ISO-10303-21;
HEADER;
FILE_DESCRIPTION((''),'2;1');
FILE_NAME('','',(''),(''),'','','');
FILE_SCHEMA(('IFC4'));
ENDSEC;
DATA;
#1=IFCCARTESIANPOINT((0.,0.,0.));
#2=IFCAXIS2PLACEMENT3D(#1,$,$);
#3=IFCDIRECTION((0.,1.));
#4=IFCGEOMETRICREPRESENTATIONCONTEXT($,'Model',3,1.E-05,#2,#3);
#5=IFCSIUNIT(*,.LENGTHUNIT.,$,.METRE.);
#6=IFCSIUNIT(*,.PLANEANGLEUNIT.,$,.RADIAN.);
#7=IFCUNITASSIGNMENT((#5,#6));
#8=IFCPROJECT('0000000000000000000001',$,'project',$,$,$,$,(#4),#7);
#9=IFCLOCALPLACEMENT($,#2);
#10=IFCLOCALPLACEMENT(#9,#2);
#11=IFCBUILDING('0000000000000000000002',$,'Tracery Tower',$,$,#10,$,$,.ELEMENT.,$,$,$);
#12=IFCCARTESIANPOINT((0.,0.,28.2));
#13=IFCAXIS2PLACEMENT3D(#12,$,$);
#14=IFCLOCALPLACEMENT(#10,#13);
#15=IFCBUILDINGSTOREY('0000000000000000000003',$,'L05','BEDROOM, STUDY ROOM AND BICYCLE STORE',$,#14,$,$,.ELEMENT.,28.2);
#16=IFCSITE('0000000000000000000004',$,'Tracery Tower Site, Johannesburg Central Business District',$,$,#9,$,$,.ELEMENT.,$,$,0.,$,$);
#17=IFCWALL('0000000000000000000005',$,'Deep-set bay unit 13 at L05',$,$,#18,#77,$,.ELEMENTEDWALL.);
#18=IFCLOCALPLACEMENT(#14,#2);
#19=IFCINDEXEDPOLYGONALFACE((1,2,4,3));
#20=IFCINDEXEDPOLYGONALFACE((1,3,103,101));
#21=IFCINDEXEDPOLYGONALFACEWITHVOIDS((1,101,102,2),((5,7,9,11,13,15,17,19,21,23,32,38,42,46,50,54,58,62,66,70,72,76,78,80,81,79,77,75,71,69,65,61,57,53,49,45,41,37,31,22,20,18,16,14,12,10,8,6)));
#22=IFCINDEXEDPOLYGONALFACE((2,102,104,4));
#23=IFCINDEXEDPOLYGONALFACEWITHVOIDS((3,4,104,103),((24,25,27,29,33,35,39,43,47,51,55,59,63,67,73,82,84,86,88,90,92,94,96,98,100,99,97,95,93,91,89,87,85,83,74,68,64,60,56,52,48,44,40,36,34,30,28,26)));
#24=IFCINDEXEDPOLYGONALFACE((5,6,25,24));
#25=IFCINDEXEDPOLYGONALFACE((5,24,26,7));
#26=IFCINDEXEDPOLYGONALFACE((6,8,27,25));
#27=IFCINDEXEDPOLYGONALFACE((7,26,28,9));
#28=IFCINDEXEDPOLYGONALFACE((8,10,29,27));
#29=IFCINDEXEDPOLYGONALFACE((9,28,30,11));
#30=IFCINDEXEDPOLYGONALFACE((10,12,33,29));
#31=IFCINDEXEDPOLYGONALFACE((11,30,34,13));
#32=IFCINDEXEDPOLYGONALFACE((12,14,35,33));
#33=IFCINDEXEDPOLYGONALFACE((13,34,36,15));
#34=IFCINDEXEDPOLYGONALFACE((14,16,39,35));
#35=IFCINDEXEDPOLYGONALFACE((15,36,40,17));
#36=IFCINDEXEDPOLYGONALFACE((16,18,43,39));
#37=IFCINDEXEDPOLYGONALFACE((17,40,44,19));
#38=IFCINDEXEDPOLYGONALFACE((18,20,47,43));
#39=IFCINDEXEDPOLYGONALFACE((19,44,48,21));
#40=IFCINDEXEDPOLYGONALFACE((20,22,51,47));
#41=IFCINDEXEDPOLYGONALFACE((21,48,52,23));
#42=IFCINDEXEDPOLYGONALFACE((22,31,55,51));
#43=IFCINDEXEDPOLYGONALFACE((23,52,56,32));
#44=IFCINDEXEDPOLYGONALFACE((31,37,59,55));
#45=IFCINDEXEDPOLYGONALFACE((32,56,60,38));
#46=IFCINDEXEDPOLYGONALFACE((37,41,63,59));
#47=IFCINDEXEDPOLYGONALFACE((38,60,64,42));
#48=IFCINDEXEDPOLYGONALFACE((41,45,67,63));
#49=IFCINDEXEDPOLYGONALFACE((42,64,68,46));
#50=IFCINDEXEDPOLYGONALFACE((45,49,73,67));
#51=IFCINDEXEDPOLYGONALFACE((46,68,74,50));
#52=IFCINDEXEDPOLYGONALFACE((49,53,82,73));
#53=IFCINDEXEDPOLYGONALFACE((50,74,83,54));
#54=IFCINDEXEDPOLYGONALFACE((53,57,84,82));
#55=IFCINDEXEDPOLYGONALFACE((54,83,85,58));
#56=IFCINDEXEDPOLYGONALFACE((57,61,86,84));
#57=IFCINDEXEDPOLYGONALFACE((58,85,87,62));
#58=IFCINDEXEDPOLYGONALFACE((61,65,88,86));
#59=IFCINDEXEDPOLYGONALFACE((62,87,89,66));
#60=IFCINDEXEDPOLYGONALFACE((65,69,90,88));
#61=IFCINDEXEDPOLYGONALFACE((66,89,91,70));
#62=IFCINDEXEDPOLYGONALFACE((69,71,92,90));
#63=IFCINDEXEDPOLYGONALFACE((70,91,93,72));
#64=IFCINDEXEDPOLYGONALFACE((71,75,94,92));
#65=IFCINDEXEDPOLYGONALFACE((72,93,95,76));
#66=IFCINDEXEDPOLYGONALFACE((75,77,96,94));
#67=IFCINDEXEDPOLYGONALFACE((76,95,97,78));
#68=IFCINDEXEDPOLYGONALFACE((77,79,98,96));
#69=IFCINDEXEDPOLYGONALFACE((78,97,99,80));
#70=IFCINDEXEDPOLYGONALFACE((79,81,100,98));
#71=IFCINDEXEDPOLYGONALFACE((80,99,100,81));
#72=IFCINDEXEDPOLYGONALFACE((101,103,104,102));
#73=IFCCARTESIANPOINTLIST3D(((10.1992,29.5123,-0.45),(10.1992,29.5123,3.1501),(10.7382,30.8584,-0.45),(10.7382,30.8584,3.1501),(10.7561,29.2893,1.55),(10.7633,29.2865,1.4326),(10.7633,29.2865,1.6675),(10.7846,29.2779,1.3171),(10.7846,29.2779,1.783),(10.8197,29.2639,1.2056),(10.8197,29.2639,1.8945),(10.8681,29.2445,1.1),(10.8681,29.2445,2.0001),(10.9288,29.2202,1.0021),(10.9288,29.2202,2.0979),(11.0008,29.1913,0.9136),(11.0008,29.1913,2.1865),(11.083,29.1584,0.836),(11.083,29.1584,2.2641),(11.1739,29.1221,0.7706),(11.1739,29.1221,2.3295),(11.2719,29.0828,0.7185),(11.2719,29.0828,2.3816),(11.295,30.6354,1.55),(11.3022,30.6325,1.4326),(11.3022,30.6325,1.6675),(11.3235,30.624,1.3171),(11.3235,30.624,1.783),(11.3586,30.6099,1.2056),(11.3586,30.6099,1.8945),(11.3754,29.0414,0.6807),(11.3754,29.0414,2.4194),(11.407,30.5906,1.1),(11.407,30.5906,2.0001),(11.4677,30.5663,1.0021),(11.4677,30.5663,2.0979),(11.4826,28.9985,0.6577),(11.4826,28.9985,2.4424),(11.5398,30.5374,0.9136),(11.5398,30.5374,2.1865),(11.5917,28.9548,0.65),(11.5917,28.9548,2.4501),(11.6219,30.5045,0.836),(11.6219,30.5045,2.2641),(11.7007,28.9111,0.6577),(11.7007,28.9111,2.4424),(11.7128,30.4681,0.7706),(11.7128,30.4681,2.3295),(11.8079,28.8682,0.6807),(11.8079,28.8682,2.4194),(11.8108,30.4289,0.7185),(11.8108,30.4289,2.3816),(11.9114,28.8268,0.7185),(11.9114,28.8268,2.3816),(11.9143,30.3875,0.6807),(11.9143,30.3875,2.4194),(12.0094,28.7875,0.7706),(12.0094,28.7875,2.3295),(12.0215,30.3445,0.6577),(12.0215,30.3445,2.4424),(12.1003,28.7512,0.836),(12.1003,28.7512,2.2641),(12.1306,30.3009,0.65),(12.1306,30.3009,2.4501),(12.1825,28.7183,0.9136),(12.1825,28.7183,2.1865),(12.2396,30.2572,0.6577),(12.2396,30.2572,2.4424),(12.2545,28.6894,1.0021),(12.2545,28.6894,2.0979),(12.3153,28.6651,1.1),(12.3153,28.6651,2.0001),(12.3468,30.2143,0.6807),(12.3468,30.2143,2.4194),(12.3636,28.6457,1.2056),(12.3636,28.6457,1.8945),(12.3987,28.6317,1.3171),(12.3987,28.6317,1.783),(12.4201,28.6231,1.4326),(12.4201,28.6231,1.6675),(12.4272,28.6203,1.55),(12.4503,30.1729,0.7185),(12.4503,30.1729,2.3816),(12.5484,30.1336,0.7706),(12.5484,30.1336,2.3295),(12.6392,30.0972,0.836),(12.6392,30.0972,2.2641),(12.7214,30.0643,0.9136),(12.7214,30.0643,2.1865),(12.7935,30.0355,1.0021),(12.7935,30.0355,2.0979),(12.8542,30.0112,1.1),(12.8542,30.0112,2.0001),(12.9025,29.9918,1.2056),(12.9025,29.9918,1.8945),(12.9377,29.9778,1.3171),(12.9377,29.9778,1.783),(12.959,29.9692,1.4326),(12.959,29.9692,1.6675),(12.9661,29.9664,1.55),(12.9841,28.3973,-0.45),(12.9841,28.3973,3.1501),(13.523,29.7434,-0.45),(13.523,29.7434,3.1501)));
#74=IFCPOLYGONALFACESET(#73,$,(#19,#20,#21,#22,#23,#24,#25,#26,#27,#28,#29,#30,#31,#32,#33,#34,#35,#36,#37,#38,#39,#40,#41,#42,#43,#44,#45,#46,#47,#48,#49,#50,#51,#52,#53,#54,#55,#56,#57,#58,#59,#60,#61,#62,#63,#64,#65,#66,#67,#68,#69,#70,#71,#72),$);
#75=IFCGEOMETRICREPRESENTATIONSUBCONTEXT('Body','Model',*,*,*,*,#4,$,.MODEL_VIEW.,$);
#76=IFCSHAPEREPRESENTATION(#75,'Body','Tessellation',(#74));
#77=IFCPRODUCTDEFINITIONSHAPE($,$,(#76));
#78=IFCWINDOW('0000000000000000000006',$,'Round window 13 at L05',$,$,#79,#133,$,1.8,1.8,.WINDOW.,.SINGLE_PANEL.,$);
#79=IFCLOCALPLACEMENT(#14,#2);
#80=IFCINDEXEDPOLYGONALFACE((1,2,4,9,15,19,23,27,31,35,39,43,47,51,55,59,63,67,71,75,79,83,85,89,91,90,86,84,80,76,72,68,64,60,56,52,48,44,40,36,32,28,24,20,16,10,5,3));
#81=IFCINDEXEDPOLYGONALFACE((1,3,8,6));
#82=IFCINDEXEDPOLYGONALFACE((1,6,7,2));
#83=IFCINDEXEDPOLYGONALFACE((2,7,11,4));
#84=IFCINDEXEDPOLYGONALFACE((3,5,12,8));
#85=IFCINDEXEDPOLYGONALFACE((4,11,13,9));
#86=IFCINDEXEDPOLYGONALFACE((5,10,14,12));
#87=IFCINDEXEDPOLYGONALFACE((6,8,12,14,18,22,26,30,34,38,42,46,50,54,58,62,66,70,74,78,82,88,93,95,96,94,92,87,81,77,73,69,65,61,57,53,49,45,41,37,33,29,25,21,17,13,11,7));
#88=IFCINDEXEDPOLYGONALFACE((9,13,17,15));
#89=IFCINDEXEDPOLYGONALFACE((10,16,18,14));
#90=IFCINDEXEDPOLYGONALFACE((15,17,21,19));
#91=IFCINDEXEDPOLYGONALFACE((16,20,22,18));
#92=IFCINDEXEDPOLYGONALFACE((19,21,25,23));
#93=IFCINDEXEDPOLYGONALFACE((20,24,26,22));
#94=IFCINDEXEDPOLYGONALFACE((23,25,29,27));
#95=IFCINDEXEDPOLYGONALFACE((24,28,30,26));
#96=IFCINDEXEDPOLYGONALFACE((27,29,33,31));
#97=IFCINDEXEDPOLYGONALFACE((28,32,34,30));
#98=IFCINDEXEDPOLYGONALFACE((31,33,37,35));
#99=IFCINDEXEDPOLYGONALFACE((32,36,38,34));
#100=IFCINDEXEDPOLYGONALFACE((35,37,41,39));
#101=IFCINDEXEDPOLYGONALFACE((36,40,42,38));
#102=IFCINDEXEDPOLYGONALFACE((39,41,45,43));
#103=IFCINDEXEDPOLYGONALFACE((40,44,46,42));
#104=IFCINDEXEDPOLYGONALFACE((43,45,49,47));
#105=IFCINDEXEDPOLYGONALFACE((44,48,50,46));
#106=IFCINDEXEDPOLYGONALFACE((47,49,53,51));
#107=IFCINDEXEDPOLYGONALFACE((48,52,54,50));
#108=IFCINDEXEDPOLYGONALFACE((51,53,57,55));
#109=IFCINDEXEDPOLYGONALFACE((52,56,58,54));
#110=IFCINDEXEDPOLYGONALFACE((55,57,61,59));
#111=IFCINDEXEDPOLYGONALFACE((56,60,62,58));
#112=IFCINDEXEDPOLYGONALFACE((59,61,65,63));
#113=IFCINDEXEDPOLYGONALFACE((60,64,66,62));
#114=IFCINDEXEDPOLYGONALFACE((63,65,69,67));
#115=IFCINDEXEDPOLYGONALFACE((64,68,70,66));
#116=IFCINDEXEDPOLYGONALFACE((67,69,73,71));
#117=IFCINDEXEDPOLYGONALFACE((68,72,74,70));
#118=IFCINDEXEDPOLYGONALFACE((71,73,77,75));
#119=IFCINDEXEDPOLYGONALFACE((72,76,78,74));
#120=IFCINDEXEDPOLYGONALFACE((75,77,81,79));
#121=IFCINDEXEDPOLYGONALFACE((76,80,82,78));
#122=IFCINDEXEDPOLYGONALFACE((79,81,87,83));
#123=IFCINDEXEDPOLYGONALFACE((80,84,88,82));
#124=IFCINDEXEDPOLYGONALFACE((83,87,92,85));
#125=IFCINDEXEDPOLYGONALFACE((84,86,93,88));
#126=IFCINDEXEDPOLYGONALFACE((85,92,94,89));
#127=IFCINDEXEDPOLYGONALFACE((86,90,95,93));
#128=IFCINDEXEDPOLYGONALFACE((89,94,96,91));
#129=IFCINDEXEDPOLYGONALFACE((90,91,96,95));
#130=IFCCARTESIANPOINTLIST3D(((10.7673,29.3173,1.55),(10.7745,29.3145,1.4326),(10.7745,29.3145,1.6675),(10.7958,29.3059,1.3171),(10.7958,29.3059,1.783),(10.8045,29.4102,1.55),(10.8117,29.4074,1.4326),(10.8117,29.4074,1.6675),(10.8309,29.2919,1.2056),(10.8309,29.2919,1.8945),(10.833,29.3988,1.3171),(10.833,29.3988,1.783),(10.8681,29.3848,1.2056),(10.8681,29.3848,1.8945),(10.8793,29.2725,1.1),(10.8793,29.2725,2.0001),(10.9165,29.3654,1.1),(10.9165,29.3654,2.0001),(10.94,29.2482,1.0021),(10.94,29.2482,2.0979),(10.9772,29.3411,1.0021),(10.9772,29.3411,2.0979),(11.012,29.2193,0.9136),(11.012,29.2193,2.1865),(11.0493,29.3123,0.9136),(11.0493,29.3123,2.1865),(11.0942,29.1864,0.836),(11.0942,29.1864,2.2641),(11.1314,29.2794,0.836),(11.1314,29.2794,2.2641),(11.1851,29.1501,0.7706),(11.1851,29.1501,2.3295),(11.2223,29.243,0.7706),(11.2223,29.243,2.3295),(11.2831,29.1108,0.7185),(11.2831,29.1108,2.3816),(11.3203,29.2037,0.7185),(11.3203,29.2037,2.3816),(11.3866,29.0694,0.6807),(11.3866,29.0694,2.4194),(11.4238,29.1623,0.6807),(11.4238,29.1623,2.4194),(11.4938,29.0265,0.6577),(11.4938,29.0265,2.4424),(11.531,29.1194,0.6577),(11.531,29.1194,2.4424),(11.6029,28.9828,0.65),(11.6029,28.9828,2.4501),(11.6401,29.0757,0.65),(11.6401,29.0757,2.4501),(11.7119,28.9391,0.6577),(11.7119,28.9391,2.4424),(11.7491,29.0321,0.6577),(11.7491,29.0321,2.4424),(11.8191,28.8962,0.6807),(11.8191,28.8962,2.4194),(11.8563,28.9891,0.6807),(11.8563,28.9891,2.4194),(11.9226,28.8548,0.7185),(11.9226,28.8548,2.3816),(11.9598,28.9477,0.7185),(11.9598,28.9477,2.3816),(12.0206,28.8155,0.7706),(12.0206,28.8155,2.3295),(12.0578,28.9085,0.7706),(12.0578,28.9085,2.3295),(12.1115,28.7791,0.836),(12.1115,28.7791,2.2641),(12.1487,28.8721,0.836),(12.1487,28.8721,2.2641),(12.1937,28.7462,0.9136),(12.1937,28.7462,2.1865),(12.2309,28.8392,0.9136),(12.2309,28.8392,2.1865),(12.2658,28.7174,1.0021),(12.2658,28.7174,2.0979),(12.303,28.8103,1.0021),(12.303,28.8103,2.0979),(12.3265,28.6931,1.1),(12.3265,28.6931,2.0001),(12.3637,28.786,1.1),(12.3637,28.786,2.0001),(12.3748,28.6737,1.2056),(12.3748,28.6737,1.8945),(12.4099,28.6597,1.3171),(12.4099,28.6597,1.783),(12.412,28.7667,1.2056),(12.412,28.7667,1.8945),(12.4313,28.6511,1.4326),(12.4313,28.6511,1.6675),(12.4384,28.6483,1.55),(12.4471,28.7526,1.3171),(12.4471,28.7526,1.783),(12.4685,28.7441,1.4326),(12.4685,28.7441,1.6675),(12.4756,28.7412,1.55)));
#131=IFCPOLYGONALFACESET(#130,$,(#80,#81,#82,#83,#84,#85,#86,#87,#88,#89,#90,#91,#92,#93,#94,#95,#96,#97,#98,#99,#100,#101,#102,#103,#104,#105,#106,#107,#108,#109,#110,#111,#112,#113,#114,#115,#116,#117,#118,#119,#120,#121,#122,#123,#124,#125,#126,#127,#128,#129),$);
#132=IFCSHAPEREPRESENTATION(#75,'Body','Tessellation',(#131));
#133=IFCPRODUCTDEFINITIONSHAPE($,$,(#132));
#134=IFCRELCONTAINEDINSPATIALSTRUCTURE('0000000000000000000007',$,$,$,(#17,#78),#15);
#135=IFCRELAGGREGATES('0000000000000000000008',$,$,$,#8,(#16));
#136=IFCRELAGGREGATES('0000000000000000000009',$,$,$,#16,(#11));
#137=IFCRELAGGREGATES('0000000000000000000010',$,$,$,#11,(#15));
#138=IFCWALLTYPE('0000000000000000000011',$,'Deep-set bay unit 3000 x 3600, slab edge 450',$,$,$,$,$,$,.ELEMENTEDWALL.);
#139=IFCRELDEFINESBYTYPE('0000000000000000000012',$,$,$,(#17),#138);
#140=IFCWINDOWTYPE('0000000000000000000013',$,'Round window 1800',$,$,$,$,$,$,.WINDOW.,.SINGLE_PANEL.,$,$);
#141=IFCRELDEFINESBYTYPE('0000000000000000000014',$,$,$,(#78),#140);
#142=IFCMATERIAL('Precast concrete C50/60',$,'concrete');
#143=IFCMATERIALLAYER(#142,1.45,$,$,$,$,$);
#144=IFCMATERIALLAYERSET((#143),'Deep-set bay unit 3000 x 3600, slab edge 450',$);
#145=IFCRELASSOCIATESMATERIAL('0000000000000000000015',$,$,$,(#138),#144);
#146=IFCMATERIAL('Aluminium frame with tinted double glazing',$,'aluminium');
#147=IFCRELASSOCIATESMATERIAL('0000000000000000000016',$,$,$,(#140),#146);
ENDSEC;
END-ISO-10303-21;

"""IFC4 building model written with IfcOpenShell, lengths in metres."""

from ifc_helpers import new_model, si_unit, direction, frame, frame_2d, origin, origin_2d, place, context, subcontext, project, spatial, rectangle, circle, extrude, material, layer, layer_set, type_object, element, fill, save


model = new_model("IFC4")

# Units and contexts
model_context = context("Model", 3, precision=1e-05, world=origin(), true_north=direction((0.0, 1.0)))
body_context = subcontext(model_context, "Body", "Model", "MODEL_VIEW")
ifc_project = project(units=[si_unit("LENGTHUNIT", "METRE"), si_unit("PLANEANGLEUNIT", "RADIAN")], contexts=[model_context])

# Site, building, storey
site_placement = place(None, origin())
site = spatial("IfcSite", under=ifc_project, at=site_placement, Name="Tracery Tower Site, Johannesburg Central Business District", CompositionType="ELEMENT", RefElevation=0.0)
building_placement = place(site_placement, origin())
building = spatial("IfcBuilding", under=site, at=building_placement, Name="Tracery Tower", CompositionType="ELEMENT")
storey_placement = place(building_placement, frame((0.0, 0.0, 28.2)))
storey = spatial("IfcBuildingStorey", under=building, at=storey_placement, Name="L05", Description="BEDROOM, STUDY ROOM AND BICYCLE STORE", CompositionType="ELEMENT", Elevation=28.2)

# Wall, opening, window
ifc_material_1 = material(Name="Precast concrete C50/60", Category="concrete")
ifc_layer_1 = layer(ifc_material_1, 1.45)
ifc_layer_set_1 = layer_set([ifc_layer_1], Name="Deep-set bay unit 3000 x 3600, slab edge 450")
wall_type_1 = type_object("IfcWallType", Name="Deep-set bay unit 3000 x 3600, slab edge 450", PredefinedType="ELEMENTEDWALL", material=ifc_layer_set_1)
wall_1_placement = place(storey_placement, frame((13.2537, 29.0703, -0.45), z_axis=(0.0, 0.0, 1.0), x_axis=(-0.928359, 0.371685, 0.0)))
wall_1 = element("IfcWall", 1, at=wall_1_placement, inside=storey, type_object=wall_type_1, Name="Deep-set bay unit 13 at L05", PredefinedType="ELEMENTEDWALL", context=body_context, shape_type="SweptSolid", body=[
    extrude(rectangle(XDim=2.9998, YDim=1.45, at=frame_2d((1.5, 0.0))), origin(), (0.0, 0.0, 1.0), 3.6001),
])
opening_1_placement = place(wall_1_placement, frame((1.5, 0.0, 2.0)))
opening_1 = element("IfcOpeningElement", 2, at=opening_1_placement, cuts=wall_1, PredefinedType="OPENING", context=body_context, shape_type="SweptSolid", body=[
    extrude(circle(Radius=0.9, at=origin_2d()), frame((0.0, 0.7349, 0.0), z_axis=(0.0, -1.0, 0.0), x_axis=(1.0, 0.0, 0.0)), (0.0, 0.0, 1.0), 1.47),
])
ifc_material_2 = material(Name="Aluminium frame with tinted double glazing", Category="aluminium")
window_type = type_object("IfcWindowType", Name="Round window 1800", PartitioningType="SINGLE_PANEL", PredefinedType="WINDOW", material=ifc_material_2)
window_1_placement = place(opening_1_placement, origin())
window_1 = element("IfcWindow", 3, at=window_1_placement, inside=storey, type_object=window_type, Name="Round window 13 at L05", OverallHeight=1.8, OverallWidth=1.8, PartitioningType="SINGLE_PANEL", PredefinedType="WINDOW", context=body_context, shape_type="SweptSolid", body=[
    extrude(circle(Radius=0.9, at=origin_2d()), frame((0.0, 0.6948, 0.0), z_axis=(0.0, -1.0, 0.0), x_axis=(1.0, 0.0, 0.0)), (0.0, 0.0, 1.0), 0.1001),
])
fill(opening_1, window_1)

save(model, "model.ifc")
